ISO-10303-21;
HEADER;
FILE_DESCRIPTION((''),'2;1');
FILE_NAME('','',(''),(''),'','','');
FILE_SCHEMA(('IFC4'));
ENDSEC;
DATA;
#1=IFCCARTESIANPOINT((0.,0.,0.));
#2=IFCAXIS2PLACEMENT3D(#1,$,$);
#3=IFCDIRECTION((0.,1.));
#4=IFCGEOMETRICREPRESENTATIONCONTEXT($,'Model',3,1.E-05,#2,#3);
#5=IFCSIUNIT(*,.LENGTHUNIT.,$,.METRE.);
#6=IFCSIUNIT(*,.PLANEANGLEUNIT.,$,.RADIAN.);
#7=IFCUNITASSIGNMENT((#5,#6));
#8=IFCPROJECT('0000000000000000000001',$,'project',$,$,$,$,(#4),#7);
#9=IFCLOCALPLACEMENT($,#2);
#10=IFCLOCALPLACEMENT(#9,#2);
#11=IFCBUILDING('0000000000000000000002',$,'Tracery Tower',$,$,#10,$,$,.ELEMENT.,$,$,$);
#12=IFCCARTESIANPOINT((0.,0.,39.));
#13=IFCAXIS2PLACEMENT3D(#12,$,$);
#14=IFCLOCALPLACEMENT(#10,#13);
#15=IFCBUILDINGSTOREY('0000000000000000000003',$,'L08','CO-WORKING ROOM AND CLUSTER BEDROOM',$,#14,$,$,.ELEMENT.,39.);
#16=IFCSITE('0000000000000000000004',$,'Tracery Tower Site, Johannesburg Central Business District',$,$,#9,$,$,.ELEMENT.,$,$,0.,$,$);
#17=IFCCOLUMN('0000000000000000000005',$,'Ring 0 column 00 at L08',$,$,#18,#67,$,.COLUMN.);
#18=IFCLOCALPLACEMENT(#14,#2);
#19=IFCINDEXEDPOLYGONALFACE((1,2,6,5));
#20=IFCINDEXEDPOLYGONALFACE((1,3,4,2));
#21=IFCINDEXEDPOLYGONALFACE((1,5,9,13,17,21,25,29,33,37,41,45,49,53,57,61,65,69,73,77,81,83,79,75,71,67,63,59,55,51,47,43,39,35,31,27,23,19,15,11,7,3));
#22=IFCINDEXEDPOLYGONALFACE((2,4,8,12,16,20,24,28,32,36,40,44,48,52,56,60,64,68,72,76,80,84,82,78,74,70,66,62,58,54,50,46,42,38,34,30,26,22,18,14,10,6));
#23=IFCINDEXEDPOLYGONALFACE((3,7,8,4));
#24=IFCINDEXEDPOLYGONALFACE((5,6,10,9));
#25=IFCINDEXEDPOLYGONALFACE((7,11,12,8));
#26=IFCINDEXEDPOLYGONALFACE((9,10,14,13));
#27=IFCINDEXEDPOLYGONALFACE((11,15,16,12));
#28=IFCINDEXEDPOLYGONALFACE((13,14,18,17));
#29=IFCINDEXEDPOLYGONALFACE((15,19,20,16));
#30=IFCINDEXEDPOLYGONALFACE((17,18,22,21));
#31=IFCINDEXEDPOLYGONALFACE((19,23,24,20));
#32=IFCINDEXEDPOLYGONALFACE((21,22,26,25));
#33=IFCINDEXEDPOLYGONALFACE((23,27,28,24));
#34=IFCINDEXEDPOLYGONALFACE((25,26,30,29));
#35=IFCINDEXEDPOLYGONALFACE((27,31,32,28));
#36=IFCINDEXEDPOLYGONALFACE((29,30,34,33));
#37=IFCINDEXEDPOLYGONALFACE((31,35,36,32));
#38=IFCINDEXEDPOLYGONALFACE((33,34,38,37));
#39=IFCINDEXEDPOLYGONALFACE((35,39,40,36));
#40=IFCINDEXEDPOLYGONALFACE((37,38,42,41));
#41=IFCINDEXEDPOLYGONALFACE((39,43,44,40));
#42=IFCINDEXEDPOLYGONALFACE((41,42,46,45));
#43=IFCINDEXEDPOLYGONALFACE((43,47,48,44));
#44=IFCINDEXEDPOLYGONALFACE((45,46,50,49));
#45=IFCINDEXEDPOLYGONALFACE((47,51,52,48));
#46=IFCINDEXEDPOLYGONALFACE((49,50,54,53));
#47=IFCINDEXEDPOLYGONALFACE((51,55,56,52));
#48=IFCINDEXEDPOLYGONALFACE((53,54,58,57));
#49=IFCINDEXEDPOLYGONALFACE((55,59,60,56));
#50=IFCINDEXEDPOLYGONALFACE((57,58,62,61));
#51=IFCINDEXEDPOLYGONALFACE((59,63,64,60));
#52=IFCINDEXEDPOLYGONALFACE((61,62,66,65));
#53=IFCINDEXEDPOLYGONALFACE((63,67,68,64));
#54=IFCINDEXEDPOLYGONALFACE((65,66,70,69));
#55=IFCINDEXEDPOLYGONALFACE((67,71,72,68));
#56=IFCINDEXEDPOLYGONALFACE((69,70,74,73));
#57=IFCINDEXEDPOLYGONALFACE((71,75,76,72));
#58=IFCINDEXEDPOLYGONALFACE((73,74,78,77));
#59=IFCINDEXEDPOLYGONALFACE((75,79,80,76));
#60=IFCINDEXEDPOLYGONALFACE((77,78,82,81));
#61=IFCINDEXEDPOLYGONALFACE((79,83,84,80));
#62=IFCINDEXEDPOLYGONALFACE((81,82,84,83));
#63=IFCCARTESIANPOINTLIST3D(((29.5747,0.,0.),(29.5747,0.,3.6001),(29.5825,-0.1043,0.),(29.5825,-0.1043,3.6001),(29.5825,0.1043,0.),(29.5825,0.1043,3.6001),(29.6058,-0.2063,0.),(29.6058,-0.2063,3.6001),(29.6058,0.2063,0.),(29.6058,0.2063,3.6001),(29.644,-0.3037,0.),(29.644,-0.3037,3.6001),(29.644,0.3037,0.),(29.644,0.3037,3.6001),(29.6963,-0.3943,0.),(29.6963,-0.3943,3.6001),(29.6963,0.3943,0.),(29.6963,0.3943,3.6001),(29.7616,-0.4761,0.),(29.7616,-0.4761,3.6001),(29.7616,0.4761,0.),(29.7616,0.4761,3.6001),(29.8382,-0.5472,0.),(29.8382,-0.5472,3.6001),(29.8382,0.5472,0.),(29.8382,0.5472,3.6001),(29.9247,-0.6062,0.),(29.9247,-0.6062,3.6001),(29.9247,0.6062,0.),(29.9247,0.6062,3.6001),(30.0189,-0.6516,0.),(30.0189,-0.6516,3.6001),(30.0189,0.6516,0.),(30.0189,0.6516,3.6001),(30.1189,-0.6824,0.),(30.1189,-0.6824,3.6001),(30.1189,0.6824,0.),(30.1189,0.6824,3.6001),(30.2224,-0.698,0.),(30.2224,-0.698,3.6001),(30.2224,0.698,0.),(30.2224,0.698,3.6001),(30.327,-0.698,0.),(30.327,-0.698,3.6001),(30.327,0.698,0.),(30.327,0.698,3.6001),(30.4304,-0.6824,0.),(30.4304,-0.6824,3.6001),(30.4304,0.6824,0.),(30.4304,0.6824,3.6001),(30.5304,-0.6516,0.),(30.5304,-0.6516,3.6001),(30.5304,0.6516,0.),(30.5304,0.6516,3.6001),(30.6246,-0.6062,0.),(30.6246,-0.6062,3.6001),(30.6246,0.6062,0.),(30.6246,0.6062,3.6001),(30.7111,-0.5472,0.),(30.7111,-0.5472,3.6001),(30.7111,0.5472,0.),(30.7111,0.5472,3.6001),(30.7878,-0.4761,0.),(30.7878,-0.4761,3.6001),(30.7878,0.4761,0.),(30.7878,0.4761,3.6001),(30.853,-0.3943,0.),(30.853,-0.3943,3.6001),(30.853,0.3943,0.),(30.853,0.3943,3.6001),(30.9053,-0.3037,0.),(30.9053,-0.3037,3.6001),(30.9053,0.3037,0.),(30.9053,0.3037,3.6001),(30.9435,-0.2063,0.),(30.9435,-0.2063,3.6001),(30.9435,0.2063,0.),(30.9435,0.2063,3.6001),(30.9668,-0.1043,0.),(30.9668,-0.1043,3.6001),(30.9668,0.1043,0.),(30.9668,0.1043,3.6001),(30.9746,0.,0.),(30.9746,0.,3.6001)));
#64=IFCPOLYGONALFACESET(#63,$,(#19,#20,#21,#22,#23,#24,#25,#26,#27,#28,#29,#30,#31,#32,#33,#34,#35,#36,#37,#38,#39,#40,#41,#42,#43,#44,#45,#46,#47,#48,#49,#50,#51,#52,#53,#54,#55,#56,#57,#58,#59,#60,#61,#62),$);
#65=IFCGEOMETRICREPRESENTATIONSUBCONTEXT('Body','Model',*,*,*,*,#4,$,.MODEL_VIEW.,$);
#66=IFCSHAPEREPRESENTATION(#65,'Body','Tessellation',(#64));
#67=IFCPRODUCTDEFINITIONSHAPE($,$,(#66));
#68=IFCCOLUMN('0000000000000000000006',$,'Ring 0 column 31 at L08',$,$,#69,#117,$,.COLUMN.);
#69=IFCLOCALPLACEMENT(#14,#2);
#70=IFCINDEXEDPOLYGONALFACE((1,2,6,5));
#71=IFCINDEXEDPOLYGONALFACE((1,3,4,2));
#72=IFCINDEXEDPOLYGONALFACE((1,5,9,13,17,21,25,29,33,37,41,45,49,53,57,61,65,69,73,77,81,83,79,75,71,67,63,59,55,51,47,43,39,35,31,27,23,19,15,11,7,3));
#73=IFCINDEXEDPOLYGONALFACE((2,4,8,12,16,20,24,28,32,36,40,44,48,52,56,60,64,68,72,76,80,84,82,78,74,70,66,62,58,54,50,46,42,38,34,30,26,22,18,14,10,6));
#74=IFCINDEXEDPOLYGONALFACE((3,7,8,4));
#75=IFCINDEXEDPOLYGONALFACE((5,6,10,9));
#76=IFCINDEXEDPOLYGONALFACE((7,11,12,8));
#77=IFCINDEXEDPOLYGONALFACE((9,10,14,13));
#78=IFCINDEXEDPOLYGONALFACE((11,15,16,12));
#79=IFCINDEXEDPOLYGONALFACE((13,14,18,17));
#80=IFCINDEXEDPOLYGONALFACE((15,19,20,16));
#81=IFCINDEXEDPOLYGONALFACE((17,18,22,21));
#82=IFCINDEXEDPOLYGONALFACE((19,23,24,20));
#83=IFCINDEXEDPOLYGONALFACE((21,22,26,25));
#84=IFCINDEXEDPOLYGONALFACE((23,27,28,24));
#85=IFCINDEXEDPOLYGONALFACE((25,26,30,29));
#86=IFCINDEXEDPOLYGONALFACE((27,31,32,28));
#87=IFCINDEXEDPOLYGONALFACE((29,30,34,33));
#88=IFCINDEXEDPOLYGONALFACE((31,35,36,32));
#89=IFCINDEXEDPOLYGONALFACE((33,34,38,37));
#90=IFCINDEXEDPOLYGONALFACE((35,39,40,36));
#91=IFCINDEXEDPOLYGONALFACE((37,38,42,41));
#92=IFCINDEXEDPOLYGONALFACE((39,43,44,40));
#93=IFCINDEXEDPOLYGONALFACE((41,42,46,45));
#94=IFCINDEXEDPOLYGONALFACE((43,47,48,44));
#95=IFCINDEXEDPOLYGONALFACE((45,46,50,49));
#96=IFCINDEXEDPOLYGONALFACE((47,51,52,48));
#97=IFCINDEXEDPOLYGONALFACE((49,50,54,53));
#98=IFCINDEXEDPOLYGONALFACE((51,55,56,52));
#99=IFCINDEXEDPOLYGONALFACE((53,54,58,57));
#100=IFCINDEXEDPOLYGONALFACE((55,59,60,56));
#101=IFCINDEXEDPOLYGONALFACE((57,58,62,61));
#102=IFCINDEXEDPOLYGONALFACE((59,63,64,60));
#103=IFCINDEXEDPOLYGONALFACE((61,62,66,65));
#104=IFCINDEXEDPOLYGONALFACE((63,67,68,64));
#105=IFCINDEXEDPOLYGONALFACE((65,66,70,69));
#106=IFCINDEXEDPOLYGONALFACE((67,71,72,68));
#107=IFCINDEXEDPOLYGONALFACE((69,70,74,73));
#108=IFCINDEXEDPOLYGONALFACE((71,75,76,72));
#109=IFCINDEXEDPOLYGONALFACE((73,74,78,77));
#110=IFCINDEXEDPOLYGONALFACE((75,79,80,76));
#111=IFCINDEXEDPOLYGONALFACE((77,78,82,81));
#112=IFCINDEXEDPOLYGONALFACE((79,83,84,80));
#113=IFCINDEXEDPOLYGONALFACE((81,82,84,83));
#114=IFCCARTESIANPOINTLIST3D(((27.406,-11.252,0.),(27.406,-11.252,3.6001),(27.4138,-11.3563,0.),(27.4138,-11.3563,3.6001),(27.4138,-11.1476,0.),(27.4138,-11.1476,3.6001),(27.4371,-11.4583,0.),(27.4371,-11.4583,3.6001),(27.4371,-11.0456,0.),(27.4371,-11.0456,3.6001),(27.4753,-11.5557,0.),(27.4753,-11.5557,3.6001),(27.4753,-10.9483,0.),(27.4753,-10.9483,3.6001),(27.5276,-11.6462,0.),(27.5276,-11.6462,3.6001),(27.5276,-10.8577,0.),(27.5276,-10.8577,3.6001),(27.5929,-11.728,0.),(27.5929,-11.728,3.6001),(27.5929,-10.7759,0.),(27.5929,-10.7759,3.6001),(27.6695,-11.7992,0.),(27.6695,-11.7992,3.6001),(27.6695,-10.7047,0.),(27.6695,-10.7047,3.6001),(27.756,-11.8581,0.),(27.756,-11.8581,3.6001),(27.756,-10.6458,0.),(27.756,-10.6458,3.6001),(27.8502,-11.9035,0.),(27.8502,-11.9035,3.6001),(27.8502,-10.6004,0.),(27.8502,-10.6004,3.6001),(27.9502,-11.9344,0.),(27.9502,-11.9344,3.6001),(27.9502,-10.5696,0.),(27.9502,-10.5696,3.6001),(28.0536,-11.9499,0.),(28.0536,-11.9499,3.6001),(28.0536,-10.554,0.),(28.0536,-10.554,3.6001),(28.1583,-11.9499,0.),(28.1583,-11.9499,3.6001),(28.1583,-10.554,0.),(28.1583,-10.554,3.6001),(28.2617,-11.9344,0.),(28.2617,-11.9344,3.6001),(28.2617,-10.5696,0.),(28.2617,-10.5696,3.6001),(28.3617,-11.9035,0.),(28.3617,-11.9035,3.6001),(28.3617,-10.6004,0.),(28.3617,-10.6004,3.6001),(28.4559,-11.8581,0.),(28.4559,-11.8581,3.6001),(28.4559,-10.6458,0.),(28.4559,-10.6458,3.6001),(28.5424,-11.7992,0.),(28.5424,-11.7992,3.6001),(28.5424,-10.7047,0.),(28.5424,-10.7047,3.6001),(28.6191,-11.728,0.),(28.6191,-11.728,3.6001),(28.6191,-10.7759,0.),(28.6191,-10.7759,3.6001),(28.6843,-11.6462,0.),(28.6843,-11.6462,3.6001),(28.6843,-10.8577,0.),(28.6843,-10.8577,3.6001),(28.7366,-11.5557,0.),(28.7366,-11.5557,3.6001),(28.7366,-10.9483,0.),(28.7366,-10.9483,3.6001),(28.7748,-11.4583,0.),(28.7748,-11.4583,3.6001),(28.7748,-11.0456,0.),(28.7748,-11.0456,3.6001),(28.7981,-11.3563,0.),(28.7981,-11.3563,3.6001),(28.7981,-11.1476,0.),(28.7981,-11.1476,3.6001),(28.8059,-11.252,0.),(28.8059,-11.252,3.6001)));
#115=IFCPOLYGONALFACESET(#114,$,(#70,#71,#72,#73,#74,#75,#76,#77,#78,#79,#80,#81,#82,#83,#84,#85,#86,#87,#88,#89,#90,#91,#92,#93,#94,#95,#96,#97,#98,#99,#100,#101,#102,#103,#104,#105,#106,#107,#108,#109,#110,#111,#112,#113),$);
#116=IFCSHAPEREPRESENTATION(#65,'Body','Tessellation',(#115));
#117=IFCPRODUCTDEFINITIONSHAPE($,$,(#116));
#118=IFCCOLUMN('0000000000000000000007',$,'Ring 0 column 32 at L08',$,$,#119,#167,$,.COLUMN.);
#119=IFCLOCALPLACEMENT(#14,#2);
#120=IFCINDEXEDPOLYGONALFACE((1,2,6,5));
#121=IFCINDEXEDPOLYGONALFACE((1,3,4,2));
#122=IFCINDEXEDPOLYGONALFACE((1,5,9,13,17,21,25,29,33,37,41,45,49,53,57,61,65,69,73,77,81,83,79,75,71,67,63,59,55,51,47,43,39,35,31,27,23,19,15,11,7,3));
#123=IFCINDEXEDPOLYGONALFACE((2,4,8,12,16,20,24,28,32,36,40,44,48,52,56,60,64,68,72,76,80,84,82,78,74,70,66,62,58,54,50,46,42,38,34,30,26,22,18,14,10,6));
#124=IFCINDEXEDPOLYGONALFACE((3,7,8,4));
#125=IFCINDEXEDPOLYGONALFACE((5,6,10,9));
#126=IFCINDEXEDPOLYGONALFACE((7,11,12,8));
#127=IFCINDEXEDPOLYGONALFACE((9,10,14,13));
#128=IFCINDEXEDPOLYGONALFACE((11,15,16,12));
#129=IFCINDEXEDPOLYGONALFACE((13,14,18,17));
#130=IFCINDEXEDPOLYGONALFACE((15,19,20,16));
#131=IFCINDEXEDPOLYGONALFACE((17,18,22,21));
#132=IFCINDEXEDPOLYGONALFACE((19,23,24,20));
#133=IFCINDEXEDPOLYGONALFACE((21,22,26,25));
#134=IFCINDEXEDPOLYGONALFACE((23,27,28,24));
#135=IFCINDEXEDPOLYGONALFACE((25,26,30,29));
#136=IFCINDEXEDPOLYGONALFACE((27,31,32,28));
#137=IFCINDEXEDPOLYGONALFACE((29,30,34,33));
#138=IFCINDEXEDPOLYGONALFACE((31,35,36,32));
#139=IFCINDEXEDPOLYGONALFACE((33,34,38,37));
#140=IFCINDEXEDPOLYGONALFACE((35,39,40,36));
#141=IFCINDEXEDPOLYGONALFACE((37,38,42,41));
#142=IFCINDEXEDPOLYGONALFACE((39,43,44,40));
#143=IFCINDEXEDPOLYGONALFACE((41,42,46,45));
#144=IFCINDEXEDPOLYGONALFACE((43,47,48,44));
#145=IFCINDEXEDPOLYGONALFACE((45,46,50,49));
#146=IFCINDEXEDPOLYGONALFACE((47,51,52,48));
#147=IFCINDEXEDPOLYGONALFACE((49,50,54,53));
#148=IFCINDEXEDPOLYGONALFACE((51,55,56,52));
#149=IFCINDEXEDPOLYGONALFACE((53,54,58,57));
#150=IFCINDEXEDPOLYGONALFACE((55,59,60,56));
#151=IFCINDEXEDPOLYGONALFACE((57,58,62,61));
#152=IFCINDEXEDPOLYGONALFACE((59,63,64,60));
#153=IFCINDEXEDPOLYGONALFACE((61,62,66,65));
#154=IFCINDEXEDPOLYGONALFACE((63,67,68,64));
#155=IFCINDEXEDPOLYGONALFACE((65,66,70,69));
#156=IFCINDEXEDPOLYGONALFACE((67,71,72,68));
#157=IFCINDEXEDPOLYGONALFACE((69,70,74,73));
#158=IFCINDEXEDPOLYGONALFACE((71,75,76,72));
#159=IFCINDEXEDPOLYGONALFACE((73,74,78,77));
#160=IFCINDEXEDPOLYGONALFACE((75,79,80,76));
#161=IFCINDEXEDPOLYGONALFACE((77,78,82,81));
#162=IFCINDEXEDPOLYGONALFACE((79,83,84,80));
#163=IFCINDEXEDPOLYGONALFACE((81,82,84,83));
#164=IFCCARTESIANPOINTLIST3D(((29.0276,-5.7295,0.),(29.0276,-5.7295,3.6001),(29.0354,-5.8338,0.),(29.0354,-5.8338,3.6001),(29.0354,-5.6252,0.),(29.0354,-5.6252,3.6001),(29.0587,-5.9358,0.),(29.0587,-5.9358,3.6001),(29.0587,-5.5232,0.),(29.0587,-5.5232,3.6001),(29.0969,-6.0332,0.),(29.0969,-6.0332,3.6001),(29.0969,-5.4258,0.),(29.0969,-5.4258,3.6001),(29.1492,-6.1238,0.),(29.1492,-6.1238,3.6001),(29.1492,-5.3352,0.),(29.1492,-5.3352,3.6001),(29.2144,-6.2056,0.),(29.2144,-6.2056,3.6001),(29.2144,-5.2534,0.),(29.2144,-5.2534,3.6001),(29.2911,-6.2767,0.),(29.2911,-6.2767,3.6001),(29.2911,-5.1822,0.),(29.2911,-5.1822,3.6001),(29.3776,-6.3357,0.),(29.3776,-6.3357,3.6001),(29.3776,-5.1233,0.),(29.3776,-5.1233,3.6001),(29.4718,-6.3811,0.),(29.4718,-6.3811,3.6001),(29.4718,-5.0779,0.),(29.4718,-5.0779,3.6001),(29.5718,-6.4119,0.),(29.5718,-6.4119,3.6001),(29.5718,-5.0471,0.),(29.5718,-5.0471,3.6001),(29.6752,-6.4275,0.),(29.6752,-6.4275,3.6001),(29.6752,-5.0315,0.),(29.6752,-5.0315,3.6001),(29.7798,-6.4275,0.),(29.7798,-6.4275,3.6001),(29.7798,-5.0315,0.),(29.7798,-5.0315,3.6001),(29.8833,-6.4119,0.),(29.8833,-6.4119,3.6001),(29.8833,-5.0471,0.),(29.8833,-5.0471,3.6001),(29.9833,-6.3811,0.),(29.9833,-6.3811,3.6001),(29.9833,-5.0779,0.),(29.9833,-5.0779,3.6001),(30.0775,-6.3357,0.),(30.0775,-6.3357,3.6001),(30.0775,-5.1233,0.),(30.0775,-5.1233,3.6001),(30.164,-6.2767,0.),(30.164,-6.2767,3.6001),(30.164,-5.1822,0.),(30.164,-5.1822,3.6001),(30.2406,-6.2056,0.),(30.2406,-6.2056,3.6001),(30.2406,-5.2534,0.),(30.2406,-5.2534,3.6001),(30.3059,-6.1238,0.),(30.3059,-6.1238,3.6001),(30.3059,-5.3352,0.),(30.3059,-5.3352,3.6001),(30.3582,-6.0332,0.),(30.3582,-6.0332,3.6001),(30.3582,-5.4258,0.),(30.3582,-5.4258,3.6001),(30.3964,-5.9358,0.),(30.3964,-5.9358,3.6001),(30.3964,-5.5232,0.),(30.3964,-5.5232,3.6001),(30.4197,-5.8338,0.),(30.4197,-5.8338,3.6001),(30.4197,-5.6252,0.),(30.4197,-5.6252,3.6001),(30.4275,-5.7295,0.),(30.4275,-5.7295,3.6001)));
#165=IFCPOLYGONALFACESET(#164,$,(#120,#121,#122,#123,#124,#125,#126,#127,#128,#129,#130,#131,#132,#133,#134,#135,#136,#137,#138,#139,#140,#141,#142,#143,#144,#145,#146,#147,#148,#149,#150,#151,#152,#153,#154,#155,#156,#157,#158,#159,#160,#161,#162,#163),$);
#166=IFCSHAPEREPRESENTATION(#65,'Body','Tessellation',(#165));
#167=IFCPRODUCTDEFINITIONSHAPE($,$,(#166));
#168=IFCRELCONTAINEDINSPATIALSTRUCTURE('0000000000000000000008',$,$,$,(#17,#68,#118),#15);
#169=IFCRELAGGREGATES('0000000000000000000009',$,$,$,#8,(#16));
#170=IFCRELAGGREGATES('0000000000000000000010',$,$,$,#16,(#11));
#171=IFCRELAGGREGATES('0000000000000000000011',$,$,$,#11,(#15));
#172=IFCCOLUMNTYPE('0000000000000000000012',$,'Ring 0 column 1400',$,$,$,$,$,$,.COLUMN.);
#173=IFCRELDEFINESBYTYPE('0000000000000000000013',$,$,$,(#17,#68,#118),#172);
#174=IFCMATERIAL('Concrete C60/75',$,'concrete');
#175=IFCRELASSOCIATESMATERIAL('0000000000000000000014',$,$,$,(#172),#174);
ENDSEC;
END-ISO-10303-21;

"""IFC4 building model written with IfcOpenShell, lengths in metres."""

from ifc_helpers import new_model, si_unit, direction, frame, origin, origin_2d, place, context, subcontext, project, spatial, circle, extrude, material, material_profile, profile_set, type_object, element, save


model = new_model("IFC4")

# Units and contexts
model_context = context("Model", 3, precision=1e-05, world=origin(), true_north=direction((0.0, 1.0)))
body_context = subcontext(model_context, "Body", "Model", "MODEL_VIEW")
ifc_project = project(units=[si_unit("LENGTHUNIT", "METRE"), si_unit("PLANEANGLEUNIT", "RADIAN")], contexts=[model_context])

# Site, building, storey
site_placement = place(None, origin())
site = spatial("IfcSite", under=ifc_project, at=site_placement, Name="Tracery Tower Site, Johannesburg Central Business District", CompositionType="ELEMENT", RefElevation=0.0)
building_placement = place(site_placement, origin())
building = spatial("IfcBuilding", under=site, at=building_placement, Name="Tracery Tower", CompositionType="ELEMENT")
storey_placement = place(building_placement, frame((0.0, 0.0, 39.0)))
storey = spatial("IfcBuildingStorey", under=building, at=storey_placement, Name="L08", Description="CO-WORKING ROOM AND CLUSTER BEDROOM", CompositionType="ELEMENT", Elevation=39.0)

# Columns
ifc_material_1 = material(Name="Concrete C60/75", Category="concrete")
ifc_material_profile_1 = material_profile(ifc_material_1, circle(Radius=0.7, at=origin_2d()), Name="RC D1400")
ifc_profile_set_1 = profile_set([ifc_material_profile_1], Name="Concrete C60/75")
column_type_1 = type_object("IfcColumnType", Name="Ring 0 column 1400", PredefinedType="COLUMN", material=ifc_profile_set_1)
for number, where, z_axis, x_axis, name in (
    (1, (30.2747, 0.0, 0.0), (0.0, 0.0, 1.0), (1.0, 0.0, 0.0), "Ring 0 column 00 at L08"),
    (2, (28.106, -11.252, 0.0), (0.0, 0.0, 1.0), (1.0, 0.0, 0.0), "Ring 0 column 31 at L08"),
    (3, (29.7275, -5.7295, 0.0), (0.0, 0.0, 1.0), (1.0, 0.0, 0.0), "Ring 0 column 32 at L08"),
):
    element("IfcColumn", number, at=place(storey_placement, frame(where, z_axis=z_axis, x_axis=x_axis)), inside=storey, type_object=column_type_1, Name=name, PredefinedType="COLUMN", context=body_context, shape_type="SweptSolid", body=[
        extrude(circle(Radius=0.7, at=origin_2d()), origin(), (0.0, 0.0, 1.0), 3.6001),
    ])

save(model, "model.ifc")
